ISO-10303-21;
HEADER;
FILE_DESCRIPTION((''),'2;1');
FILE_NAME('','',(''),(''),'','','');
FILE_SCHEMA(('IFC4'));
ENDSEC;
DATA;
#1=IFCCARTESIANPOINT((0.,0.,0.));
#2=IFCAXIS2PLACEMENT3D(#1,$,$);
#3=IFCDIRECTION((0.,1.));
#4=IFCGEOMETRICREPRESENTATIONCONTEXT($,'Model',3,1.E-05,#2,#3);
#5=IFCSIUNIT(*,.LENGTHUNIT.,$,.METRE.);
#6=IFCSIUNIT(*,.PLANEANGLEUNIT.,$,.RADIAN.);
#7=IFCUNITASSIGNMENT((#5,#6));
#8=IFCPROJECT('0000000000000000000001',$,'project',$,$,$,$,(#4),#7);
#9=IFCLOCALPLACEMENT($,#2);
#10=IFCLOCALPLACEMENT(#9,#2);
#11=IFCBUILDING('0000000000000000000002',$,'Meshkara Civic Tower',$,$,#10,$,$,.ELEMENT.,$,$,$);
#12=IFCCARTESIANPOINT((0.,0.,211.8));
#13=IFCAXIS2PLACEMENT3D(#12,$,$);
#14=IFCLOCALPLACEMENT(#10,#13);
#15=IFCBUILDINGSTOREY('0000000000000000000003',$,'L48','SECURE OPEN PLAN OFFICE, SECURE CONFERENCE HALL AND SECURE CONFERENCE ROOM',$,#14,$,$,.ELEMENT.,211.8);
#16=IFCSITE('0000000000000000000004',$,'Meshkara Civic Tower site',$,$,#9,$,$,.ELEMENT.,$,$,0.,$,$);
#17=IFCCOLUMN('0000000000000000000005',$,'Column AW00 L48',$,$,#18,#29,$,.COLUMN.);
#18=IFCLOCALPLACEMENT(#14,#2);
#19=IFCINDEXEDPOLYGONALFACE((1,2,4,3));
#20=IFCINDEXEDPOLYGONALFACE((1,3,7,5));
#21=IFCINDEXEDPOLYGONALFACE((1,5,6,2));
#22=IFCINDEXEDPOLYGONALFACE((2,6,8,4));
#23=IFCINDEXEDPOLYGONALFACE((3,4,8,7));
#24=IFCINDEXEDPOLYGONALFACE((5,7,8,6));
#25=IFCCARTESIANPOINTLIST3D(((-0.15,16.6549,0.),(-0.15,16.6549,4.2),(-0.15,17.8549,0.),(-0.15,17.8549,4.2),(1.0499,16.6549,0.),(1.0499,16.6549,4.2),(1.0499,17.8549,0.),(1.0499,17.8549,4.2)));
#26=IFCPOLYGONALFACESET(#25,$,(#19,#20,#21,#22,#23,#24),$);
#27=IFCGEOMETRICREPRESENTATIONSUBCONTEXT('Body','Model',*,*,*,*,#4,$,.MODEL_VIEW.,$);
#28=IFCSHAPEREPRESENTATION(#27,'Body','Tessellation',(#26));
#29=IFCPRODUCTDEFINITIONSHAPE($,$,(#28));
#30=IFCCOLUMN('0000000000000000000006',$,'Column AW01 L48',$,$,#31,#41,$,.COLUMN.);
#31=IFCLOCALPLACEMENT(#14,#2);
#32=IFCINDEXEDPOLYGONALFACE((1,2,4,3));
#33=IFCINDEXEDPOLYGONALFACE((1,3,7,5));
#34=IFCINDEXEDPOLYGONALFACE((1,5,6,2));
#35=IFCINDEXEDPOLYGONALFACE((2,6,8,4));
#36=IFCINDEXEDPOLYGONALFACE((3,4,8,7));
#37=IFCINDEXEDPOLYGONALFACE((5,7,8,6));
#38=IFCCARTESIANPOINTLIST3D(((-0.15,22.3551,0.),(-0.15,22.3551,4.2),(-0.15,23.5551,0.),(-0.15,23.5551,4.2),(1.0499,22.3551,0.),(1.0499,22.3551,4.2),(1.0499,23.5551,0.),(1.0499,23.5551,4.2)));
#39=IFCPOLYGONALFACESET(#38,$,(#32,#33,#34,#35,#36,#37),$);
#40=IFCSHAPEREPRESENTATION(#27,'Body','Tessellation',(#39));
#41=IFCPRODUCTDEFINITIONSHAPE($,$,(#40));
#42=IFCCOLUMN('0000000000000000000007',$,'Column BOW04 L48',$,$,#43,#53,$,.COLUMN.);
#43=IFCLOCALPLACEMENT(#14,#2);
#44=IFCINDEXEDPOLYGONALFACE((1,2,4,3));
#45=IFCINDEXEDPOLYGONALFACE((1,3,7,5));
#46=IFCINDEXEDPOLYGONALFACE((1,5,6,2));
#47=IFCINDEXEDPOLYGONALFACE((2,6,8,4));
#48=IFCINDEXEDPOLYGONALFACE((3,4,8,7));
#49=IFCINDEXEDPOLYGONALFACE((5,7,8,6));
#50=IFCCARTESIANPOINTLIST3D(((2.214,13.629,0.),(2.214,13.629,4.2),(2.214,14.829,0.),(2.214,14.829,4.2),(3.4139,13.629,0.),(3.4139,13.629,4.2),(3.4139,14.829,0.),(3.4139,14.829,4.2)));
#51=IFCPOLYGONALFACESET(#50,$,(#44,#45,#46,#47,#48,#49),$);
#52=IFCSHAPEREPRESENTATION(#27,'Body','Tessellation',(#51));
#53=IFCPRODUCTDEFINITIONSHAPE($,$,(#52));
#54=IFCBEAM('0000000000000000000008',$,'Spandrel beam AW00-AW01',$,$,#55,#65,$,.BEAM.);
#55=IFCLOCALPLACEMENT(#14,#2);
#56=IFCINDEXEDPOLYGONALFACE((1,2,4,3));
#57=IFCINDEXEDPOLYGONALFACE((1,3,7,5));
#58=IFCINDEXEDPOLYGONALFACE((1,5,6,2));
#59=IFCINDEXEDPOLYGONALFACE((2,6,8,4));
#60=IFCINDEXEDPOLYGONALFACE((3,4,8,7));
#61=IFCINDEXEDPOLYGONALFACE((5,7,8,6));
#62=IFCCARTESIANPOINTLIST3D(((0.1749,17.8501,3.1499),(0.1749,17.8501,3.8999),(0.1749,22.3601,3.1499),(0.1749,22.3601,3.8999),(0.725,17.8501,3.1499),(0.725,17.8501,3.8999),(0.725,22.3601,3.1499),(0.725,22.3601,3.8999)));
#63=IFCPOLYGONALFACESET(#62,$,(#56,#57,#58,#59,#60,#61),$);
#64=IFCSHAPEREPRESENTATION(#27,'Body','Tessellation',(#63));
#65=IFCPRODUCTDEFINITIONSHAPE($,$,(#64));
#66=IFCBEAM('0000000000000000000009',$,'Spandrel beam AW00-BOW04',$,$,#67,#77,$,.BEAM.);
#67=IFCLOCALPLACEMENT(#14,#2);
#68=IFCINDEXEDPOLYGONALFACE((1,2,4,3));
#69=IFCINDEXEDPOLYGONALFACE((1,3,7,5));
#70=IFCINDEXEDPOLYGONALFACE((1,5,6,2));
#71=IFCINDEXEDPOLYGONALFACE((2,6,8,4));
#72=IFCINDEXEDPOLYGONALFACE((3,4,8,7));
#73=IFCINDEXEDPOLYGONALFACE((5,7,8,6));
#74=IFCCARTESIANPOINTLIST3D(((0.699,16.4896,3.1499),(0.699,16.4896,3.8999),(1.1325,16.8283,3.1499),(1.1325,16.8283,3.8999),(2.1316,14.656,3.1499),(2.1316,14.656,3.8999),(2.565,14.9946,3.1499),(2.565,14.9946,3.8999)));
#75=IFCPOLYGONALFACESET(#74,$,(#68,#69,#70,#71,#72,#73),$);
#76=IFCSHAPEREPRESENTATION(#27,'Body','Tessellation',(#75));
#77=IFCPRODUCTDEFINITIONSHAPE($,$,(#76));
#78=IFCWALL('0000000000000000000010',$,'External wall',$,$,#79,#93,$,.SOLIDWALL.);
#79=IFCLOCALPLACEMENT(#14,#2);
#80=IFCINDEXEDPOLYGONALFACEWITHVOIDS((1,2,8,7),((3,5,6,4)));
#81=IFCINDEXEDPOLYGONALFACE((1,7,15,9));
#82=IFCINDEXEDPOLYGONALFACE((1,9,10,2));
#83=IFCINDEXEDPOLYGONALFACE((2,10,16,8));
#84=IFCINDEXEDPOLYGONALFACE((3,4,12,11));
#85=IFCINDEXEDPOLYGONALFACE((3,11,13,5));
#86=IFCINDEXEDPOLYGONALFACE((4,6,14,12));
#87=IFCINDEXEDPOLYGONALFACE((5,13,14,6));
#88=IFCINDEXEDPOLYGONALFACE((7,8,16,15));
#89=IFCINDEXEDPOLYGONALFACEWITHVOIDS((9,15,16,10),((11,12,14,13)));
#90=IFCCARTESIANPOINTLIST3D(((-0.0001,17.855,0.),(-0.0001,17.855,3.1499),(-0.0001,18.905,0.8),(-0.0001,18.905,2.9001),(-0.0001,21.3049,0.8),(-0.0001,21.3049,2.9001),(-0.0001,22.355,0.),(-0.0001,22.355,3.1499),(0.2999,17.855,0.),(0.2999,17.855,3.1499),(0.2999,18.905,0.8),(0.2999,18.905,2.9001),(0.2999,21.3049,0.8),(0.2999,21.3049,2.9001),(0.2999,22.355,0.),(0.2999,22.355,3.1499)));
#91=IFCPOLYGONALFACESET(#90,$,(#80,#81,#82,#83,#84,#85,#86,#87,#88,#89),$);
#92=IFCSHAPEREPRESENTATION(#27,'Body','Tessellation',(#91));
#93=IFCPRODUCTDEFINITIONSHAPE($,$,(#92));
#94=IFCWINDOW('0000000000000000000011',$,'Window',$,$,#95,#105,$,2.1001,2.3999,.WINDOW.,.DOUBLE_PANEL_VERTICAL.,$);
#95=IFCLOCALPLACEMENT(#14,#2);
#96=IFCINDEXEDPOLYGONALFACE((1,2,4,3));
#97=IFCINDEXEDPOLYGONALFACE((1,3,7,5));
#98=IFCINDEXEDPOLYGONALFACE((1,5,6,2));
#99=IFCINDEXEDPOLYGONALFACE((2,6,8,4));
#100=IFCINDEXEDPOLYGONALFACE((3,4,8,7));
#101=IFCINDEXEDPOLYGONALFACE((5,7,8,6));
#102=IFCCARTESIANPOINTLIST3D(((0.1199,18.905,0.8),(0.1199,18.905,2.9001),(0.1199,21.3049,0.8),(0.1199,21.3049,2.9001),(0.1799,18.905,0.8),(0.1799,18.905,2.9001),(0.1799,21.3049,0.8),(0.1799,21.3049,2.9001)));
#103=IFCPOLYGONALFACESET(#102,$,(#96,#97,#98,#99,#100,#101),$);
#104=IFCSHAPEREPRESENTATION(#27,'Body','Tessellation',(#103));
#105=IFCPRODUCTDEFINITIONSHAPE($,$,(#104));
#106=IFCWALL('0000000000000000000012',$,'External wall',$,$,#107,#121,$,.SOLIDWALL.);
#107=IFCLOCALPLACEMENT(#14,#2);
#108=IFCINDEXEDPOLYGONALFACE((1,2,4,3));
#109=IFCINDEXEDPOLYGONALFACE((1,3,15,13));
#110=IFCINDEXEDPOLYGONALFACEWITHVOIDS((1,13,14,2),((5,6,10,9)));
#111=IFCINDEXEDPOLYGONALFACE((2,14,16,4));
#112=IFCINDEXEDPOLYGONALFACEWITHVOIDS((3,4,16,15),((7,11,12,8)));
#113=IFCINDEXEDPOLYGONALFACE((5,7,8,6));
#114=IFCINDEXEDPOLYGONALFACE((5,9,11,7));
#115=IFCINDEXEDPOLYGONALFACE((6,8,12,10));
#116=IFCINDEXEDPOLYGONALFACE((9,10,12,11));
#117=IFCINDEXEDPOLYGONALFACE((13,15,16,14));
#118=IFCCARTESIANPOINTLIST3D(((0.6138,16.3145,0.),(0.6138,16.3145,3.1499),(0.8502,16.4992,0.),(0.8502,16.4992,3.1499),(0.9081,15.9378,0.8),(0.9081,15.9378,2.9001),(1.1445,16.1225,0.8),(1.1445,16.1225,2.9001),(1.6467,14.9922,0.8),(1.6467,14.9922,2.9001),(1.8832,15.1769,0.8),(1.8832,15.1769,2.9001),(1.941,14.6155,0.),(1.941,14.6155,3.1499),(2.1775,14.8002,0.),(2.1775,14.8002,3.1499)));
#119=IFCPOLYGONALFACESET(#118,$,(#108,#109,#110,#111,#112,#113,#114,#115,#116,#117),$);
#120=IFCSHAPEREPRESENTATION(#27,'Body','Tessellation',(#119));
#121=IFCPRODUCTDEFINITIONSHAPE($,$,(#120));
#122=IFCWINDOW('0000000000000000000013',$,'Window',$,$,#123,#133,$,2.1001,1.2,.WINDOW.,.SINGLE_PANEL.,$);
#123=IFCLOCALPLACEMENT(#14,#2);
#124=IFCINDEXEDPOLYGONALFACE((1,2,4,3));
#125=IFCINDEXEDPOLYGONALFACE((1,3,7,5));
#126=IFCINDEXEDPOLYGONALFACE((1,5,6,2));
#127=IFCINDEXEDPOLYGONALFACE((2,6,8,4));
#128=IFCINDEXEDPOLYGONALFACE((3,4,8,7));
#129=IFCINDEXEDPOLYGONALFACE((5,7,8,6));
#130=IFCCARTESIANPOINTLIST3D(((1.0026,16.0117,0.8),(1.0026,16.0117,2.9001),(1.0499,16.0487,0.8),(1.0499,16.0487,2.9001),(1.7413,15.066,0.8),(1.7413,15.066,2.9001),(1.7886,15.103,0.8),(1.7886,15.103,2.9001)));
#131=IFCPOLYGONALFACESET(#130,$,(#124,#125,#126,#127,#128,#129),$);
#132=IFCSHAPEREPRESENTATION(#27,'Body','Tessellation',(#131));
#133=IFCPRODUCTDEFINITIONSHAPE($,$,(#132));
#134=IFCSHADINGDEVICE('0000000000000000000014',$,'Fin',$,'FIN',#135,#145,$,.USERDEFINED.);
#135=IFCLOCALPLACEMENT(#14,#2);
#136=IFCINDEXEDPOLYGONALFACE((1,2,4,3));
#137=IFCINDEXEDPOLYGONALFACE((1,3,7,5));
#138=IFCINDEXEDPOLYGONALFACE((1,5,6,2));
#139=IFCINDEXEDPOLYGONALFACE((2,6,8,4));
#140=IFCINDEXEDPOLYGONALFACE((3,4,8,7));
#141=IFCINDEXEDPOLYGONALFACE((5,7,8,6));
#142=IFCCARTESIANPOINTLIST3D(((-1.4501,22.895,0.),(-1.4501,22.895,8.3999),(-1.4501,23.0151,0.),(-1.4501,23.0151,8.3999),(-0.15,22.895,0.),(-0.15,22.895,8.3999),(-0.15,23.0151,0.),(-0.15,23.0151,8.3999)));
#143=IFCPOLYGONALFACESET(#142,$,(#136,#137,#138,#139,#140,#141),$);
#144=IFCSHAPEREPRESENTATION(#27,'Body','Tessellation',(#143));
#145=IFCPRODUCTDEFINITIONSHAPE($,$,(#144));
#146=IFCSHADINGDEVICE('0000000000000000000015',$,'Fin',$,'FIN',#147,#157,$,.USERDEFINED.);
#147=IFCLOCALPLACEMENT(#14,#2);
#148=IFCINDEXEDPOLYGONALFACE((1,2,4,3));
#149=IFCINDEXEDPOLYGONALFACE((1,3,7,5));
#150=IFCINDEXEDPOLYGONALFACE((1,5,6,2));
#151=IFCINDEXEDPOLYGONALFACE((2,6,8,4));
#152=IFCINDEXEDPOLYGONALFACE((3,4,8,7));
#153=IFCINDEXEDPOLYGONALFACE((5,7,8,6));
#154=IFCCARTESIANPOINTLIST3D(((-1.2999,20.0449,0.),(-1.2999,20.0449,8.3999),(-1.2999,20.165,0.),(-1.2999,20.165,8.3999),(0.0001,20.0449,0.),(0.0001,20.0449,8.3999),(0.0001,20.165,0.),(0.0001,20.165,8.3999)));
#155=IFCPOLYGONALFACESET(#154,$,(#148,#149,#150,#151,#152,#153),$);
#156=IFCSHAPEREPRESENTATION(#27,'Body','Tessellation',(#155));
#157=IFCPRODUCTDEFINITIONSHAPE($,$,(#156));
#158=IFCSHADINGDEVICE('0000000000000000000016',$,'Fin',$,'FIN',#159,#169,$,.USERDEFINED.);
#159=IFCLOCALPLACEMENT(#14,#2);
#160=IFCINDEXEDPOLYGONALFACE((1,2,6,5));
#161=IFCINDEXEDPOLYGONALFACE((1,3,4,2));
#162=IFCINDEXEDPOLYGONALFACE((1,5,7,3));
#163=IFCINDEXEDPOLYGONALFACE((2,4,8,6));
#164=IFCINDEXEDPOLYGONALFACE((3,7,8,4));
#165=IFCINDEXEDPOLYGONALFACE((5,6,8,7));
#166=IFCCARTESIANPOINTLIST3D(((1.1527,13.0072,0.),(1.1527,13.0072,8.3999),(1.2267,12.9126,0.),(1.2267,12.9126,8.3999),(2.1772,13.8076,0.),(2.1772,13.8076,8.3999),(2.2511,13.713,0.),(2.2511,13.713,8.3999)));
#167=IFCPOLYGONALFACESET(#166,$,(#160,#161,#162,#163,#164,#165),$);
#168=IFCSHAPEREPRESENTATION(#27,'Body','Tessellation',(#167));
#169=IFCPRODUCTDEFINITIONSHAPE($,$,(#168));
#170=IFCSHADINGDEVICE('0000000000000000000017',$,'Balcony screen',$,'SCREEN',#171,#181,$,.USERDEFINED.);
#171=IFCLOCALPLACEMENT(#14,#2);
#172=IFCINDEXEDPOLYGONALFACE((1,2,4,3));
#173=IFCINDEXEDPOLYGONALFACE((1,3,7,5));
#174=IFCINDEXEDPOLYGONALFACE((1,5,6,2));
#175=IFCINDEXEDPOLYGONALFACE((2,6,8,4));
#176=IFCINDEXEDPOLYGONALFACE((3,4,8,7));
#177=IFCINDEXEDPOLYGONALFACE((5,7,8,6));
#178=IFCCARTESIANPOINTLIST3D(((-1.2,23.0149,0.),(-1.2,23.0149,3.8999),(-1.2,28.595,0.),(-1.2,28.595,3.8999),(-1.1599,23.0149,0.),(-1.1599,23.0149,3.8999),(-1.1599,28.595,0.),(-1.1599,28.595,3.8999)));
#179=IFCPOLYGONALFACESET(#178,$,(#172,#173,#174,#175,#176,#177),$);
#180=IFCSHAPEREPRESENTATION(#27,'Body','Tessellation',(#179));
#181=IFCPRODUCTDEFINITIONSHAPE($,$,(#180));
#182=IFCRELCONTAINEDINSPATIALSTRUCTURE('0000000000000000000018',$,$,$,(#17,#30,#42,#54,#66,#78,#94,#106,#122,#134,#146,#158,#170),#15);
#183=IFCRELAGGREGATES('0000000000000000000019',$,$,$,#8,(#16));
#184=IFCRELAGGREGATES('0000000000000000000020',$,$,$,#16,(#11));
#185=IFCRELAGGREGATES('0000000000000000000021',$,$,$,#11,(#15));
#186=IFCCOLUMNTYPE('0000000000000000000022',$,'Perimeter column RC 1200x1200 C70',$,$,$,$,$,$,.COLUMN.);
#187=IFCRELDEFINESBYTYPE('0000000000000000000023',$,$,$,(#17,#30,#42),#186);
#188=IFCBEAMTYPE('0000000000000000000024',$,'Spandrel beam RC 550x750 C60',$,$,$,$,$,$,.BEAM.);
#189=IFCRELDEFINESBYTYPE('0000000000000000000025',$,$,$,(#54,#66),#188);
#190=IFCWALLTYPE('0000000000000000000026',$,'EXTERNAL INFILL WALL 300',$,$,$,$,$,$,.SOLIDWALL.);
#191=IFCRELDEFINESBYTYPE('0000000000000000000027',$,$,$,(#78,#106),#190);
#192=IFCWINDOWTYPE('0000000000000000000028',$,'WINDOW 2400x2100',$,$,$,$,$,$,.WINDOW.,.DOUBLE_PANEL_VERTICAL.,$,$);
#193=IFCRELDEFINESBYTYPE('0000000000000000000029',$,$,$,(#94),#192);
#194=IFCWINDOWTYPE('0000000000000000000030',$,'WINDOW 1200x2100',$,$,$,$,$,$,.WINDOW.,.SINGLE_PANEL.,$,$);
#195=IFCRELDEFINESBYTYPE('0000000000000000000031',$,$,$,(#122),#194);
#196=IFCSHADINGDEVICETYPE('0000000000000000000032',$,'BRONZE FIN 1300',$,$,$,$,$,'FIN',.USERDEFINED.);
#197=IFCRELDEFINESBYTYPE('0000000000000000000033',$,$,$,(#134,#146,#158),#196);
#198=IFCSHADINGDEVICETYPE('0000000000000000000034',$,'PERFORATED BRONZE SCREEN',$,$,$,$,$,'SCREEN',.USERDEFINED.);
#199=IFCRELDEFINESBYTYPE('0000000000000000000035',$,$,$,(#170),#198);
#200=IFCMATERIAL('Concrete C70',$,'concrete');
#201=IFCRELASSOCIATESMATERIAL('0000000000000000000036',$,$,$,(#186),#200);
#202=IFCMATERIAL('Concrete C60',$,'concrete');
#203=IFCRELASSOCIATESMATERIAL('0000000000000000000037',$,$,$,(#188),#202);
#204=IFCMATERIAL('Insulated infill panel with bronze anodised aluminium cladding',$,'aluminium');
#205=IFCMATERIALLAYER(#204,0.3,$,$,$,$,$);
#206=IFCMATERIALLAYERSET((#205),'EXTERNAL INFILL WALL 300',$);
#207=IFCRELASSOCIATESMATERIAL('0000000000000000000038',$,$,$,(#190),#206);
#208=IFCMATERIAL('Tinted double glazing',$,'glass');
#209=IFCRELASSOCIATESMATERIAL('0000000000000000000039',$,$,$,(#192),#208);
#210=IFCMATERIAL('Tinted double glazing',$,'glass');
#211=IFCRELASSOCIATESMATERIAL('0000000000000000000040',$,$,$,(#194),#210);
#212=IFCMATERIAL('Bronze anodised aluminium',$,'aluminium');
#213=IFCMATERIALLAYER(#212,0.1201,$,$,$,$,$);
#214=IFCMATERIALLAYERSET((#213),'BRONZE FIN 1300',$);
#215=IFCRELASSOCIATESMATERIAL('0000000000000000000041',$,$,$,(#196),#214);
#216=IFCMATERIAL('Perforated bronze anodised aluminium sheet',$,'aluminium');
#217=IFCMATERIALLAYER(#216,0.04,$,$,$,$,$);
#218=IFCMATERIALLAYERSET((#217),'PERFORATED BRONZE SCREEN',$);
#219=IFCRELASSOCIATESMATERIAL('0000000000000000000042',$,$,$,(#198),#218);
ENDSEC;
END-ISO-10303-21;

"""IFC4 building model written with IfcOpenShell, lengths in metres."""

from ifc_helpers import new_model, si_unit, direction, frame, frame_2d, origin, origin_2d, place, context, subcontext, project, spatial, rectangle, extrude, material, layer, layer_set, material_profile, profile_set, type_object, element, fill, save


model = new_model("IFC4")

# Units and contexts
model_context = context("Model", 3, precision=1e-05, world=origin(), true_north=direction((0.0, 1.0)))
body_context = subcontext(model_context, "Body", "Model", "MODEL_VIEW")
ifc_project = project(units=[si_unit("LENGTHUNIT", "METRE"), si_unit("PLANEANGLEUNIT", "RADIAN")], contexts=[model_context])

# Site, building, storey
site_placement = place(None, origin())
site = spatial("IfcSite", under=ifc_project, at=site_placement, Name="Meshkara Civic Tower site", CompositionType="ELEMENT", RefElevation=0.0)
building_placement = place(site_placement, origin())
building = spatial("IfcBuilding", under=site, at=building_placement, Name="Meshkara Civic Tower", CompositionType="ELEMENT")
storey_placement = place(building_placement, frame((0.0, 0.0, 211.8)))
storey = spatial("IfcBuildingStorey", under=building, at=storey_placement, Name="L48", Description="SECURE OPEN PLAN OFFICE, SECURE CONFERENCE HALL AND SECURE CONFERENCE ROOM", CompositionType="ELEMENT", Elevation=211.8)

# Columns
ifc_material_1 = material(Name="Concrete C70", Category="concrete")
ifc_material_profile_1 = material_profile(ifc_material_1, rectangle(XDim=1.2, YDim=1.2, at=origin_2d()))
ifc_profile_set_1 = profile_set([ifc_material_profile_1], Name="Concrete C70")
column_type = type_object("IfcColumnType", Name="Perimeter column RC 1200x1200 C70", PredefinedType="COLUMN", material=ifc_profile_set_1)
for number, where, z_axis, x_axis, name in (
    (1, (0.45, 17.2549, 0.0), (0.0, 0.0, 1.0), (1.0, 0.0, 0.0), "Column AW00 L48"),
    (2, (0.45, 22.9551, 0.0), (0.0, 0.0, 1.0), (1.0, 0.0, 0.0), "Column AW01 L48"),
    (3, (2.814, 14.229, 0.0), (0.0, 0.0, 1.0), (1.0, 0.0, 0.0), "Column BOW04 L48"),
):
    element("IfcColumn", number, at=place(storey_placement, frame(where, z_axis=z_axis, x_axis=x_axis)), inside=storey, type_object=column_type, Name=name, PredefinedType="COLUMN", context=body_context, shape_type="SweptSolid", body=[
        extrude(rectangle(XDim=1.2, YDim=1.2, at=origin_2d()), origin(), (0.0, 0.0, 1.0), 4.2),
    ])

# Beams
ifc_material_2 = material(Name="Concrete C60", Category="concrete")
ifc_material_profile_2 = material_profile(ifc_material_2, rectangle(XDim=0.55, YDim=0.75, at=origin_2d()))
ifc_profile_set_2 = profile_set([ifc_material_profile_2], Name="Concrete C60")
beam_type = type_object("IfcBeamType", Name="Spandrel beam RC 550x750 C60", PredefinedType="BEAM", material=ifc_profile_set_2)
beam_1_placement = place(storey_placement, frame((0.45, 22.3601, 3.5249), z_axis=(0.0, -1.0, 0.0), x_axis=(1.0, 0.0, 0.0)))
element("IfcBeam", 4, at=beam_1_placement, inside=storey, type_object=beam_type, Name="Spandrel beam AW00-AW01", PredefinedType="BEAM", context=body_context, shape_type="SweptSolid", body=[
    extrude(rectangle(XDim=0.55, YDim=0.75, at=origin_2d()), origin(), (0.0, 0.0, 1.0), 4.51),
])
beam_2_placement = place(storey_placement, frame((0.9158, 16.6589, 3.5249), z_axis=(0.615646, -0.788023, 0.0), x_axis=(0.788023, 0.615646, 0.0)))
element("IfcBeam", 5, at=beam_2_placement, inside=storey, type_object=beam_type, Name="Spandrel beam AW00-BOW04", PredefinedType="BEAM", context=body_context, shape_type="SweptSolid", body=[
    extrude(rectangle(XDim=0.55, YDim=0.75, at=origin_2d()), origin(), (0.0, 0.0, 1.0), 2.3269),
])

# Walls, openings, windows
ifc_material_3 = material(Name="Insulated infill panel with bronze anodised aluminium cladding", Category="aluminium")
ifc_layer_1 = layer(ifc_material_3, 0.3)
ifc_layer_set_1 = layer_set([ifc_layer_1], Name="EXTERNAL INFILL WALL 300")
wall_type = type_object("IfcWallType", Name="EXTERNAL INFILL WALL 300", PredefinedType="SOLIDWALL", material=ifc_layer_set_1)
wall_1_placement = place(storey_placement, frame((0.1499, 22.355, 0.0), z_axis=(0.0, 0.0, 1.0), x_axis=(0.0, -1.0, 0.0)))
wall_1 = element("IfcWall", 6, at=wall_1_placement, inside=storey, type_object=wall_type, Name="External wall", PredefinedType="SOLIDWALL", context=body_context, shape_type="SweptSolid", body=[
    extrude(rectangle(XDim=4.5, YDim=0.3, at=frame_2d((2.25, 0.0))), origin(), (0.0, 0.0, 1.0), 3.1499),
])
opening_1_placement = place(wall_1_placement, frame((1.05, 0.0, 0.8)))
opening_1 = element("IfcOpeningElement", 7, at=opening_1_placement, cuts=wall_1, PredefinedType="OPENING", context=body_context, shape_type="SweptSolid", body=[
    extrude(rectangle(XDim=2.3999, YDim=2.1001, at=frame_2d((1.2, 1.05))), frame((0.0, 0.1599, 0.0), z_axis=(0.0, -1.0, 0.0), x_axis=(1.0, 0.0, 0.0)), (0.0, 0.0, 1.0), 0.3201),
])
ifc_material_4 = material(Name="Tinted double glazing", Category="glass")
window_type_1 = type_object("IfcWindowType", Name="WINDOW 2400x2100", PartitioningType="DOUBLE_PANEL_VERTICAL", PredefinedType="WINDOW", material=ifc_material_4)
window_1_placement = place(opening_1_placement, origin())
window_1 = element("IfcWindow", 8, at=window_1_placement, inside=storey, type_object=window_type_1, Name="Window", OverallHeight=2.1001, OverallWidth=2.3999, PartitioningType="DOUBLE_PANEL_VERTICAL", PredefinedType="WINDOW", context=body_context, shape_type="SweptSolid", body=[
    extrude(rectangle(XDim=2.3999, YDim=2.1001, at=frame_2d((1.2, 1.05))), frame((0.0, 0.03, 0.0), z_axis=(0.0, -1.0, 0.0), x_axis=(1.0, 0.0, 0.0)), (0.0, 0.0, 1.0), 0.0601),
])
fill(opening_1, window_1)
wall_2_placement = place(storey_placement, frame((0.7319, 16.407, 0.0), z_axis=(0.0, 0.0, 1.0), x_axis=(0.615593, -0.788064, 0.0)))
wall_2 = element("IfcWall", 9, at=wall_2_placement, inside=storey, type_object=wall_type, Name="External wall", PredefinedType="SOLIDWALL", context=body_context, shape_type="SweptSolid", body=[
    extrude(rectangle(XDim=2.156, YDim=0.3, at=frame_2d((1.0781, 0.0))), origin(), (0.0, 0.0, 1.0), 3.1499),
])
opening_2_placement = place(wall_2_placement, frame((0.478, 0.0, 0.8)))
opening_2 = element("IfcOpeningElement", 10, at=opening_2_placement, cuts=wall_2, PredefinedType="OPENING", context=body_context, shape_type="SweptSolid", body=[
    extrude(rectangle(XDim=1.2, YDim=2.1001, at=frame_2d((0.6001, 1.05))), frame((0.0, 0.1599, 0.0), z_axis=(0.0, -1.0, 0.0), x_axis=(1.0, 0.0, 0.0)), (0.0, 0.0, 1.0), 0.3201),
])
ifc_material_5 = material(Name="Tinted double glazing", Category="glass")
window_type_2 = type_object("IfcWindowType", Name="WINDOW 1200x2100", PartitioningType="SINGLE_PANEL", PredefinedType="WINDOW", material=ifc_material_5)
window_2_placement = place(opening_2_placement, origin())
window_2 = element("IfcWindow", 11, at=window_2_placement, inside=storey, type_object=window_type_2, Name="Window", OverallHeight=2.1001, OverallWidth=1.2, PartitioningType="SINGLE_PANEL", PredefinedType="WINDOW", context=body_context, shape_type="SweptSolid", body=[
    extrude(rectangle(XDim=1.2, YDim=2.1001, at=frame_2d((0.6001, 1.05))), frame((0.0, 0.03, 0.0), z_axis=(0.0, -1.0, 0.0), x_axis=(1.0, 0.0, 0.0)), (0.0, 0.0, 1.0), 0.0601),
])
fill(opening_2, window_2)

# Shading devices
ifc_material_6 = material(Name="Bronze anodised aluminium", Category="aluminium")
ifc_layer_2 = layer(ifc_material_6, 0.1201)
ifc_layer_set_2 = layer_set([ifc_layer_2], Name="BRONZE FIN 1300")
shading_device_type_1 = type_object("IfcShadingDeviceType", Name="BRONZE FIN 1300", ElementType="FIN", PredefinedType="USERDEFINED", material=ifc_layer_set_2)
for number, where, z_axis, x_axis, name in (
    (12, (-0.8, 22.9551, 0.0), (0.0, 0.0, 1.0), (0.0, -1.0, 0.0), "Fin"),
    (13, (-0.6499, 20.105, 0.0), (0.0, 0.0, 1.0), (0.0, -1.0, 0.0), "Fin"),
    (14, (1.7019, 13.3601, 0.0), (0.0, 0.0, 1.0), (0.615661, -0.788011, 0.0), "Fin"),
):
    element("IfcShadingDevice", number, at=place(storey_placement, frame(where, z_axis=z_axis, x_axis=x_axis)), inside=storey, type_object=shading_device_type_1, Name=name, ObjectType="FIN", PredefinedType="USERDEFINED", context=body_context, shape_type="SweptSolid", body=[
        extrude(rectangle(XDim=0.1201, YDim=1.3, at=origin_2d()), origin(), (0.0, 0.0, 1.0), 8.3999),
    ])
ifc_material_7 = material(Name="Perforated bronze anodised aluminium sheet", Category="aluminium")
ifc_layer_3 = layer(ifc_material_7, 0.04)
ifc_layer_set_3 = layer_set([ifc_layer_3], Name="PERFORATED BRONZE SCREEN")
shading_device_type_2 = type_object("IfcShadingDeviceType", Name="PERFORATED BRONZE SCREEN", ElementType="SCREEN", PredefinedType="USERDEFINED", material=ifc_layer_set_3)
shading_device_placement = place(storey_placement, frame((-1.1799, 25.8049, 0.0), z_axis=(0.0, 0.0, 1.0), x_axis=(0.0, -1.0, 0.0)))
element("IfcShadingDevice", 15, at=shading_device_placement, inside=storey, type_object=shading_device_type_2, Name="Balcony screen", ObjectType="SCREEN", PredefinedType="USERDEFINED", context=body_context, shape_type="SweptSolid", body=[
    extrude(rectangle(XDim=5.5801, YDim=0.04, at=origin_2d()), origin(), (0.0, 0.0, 1.0), 3.8999),
])

save(model, "model.ifc")
